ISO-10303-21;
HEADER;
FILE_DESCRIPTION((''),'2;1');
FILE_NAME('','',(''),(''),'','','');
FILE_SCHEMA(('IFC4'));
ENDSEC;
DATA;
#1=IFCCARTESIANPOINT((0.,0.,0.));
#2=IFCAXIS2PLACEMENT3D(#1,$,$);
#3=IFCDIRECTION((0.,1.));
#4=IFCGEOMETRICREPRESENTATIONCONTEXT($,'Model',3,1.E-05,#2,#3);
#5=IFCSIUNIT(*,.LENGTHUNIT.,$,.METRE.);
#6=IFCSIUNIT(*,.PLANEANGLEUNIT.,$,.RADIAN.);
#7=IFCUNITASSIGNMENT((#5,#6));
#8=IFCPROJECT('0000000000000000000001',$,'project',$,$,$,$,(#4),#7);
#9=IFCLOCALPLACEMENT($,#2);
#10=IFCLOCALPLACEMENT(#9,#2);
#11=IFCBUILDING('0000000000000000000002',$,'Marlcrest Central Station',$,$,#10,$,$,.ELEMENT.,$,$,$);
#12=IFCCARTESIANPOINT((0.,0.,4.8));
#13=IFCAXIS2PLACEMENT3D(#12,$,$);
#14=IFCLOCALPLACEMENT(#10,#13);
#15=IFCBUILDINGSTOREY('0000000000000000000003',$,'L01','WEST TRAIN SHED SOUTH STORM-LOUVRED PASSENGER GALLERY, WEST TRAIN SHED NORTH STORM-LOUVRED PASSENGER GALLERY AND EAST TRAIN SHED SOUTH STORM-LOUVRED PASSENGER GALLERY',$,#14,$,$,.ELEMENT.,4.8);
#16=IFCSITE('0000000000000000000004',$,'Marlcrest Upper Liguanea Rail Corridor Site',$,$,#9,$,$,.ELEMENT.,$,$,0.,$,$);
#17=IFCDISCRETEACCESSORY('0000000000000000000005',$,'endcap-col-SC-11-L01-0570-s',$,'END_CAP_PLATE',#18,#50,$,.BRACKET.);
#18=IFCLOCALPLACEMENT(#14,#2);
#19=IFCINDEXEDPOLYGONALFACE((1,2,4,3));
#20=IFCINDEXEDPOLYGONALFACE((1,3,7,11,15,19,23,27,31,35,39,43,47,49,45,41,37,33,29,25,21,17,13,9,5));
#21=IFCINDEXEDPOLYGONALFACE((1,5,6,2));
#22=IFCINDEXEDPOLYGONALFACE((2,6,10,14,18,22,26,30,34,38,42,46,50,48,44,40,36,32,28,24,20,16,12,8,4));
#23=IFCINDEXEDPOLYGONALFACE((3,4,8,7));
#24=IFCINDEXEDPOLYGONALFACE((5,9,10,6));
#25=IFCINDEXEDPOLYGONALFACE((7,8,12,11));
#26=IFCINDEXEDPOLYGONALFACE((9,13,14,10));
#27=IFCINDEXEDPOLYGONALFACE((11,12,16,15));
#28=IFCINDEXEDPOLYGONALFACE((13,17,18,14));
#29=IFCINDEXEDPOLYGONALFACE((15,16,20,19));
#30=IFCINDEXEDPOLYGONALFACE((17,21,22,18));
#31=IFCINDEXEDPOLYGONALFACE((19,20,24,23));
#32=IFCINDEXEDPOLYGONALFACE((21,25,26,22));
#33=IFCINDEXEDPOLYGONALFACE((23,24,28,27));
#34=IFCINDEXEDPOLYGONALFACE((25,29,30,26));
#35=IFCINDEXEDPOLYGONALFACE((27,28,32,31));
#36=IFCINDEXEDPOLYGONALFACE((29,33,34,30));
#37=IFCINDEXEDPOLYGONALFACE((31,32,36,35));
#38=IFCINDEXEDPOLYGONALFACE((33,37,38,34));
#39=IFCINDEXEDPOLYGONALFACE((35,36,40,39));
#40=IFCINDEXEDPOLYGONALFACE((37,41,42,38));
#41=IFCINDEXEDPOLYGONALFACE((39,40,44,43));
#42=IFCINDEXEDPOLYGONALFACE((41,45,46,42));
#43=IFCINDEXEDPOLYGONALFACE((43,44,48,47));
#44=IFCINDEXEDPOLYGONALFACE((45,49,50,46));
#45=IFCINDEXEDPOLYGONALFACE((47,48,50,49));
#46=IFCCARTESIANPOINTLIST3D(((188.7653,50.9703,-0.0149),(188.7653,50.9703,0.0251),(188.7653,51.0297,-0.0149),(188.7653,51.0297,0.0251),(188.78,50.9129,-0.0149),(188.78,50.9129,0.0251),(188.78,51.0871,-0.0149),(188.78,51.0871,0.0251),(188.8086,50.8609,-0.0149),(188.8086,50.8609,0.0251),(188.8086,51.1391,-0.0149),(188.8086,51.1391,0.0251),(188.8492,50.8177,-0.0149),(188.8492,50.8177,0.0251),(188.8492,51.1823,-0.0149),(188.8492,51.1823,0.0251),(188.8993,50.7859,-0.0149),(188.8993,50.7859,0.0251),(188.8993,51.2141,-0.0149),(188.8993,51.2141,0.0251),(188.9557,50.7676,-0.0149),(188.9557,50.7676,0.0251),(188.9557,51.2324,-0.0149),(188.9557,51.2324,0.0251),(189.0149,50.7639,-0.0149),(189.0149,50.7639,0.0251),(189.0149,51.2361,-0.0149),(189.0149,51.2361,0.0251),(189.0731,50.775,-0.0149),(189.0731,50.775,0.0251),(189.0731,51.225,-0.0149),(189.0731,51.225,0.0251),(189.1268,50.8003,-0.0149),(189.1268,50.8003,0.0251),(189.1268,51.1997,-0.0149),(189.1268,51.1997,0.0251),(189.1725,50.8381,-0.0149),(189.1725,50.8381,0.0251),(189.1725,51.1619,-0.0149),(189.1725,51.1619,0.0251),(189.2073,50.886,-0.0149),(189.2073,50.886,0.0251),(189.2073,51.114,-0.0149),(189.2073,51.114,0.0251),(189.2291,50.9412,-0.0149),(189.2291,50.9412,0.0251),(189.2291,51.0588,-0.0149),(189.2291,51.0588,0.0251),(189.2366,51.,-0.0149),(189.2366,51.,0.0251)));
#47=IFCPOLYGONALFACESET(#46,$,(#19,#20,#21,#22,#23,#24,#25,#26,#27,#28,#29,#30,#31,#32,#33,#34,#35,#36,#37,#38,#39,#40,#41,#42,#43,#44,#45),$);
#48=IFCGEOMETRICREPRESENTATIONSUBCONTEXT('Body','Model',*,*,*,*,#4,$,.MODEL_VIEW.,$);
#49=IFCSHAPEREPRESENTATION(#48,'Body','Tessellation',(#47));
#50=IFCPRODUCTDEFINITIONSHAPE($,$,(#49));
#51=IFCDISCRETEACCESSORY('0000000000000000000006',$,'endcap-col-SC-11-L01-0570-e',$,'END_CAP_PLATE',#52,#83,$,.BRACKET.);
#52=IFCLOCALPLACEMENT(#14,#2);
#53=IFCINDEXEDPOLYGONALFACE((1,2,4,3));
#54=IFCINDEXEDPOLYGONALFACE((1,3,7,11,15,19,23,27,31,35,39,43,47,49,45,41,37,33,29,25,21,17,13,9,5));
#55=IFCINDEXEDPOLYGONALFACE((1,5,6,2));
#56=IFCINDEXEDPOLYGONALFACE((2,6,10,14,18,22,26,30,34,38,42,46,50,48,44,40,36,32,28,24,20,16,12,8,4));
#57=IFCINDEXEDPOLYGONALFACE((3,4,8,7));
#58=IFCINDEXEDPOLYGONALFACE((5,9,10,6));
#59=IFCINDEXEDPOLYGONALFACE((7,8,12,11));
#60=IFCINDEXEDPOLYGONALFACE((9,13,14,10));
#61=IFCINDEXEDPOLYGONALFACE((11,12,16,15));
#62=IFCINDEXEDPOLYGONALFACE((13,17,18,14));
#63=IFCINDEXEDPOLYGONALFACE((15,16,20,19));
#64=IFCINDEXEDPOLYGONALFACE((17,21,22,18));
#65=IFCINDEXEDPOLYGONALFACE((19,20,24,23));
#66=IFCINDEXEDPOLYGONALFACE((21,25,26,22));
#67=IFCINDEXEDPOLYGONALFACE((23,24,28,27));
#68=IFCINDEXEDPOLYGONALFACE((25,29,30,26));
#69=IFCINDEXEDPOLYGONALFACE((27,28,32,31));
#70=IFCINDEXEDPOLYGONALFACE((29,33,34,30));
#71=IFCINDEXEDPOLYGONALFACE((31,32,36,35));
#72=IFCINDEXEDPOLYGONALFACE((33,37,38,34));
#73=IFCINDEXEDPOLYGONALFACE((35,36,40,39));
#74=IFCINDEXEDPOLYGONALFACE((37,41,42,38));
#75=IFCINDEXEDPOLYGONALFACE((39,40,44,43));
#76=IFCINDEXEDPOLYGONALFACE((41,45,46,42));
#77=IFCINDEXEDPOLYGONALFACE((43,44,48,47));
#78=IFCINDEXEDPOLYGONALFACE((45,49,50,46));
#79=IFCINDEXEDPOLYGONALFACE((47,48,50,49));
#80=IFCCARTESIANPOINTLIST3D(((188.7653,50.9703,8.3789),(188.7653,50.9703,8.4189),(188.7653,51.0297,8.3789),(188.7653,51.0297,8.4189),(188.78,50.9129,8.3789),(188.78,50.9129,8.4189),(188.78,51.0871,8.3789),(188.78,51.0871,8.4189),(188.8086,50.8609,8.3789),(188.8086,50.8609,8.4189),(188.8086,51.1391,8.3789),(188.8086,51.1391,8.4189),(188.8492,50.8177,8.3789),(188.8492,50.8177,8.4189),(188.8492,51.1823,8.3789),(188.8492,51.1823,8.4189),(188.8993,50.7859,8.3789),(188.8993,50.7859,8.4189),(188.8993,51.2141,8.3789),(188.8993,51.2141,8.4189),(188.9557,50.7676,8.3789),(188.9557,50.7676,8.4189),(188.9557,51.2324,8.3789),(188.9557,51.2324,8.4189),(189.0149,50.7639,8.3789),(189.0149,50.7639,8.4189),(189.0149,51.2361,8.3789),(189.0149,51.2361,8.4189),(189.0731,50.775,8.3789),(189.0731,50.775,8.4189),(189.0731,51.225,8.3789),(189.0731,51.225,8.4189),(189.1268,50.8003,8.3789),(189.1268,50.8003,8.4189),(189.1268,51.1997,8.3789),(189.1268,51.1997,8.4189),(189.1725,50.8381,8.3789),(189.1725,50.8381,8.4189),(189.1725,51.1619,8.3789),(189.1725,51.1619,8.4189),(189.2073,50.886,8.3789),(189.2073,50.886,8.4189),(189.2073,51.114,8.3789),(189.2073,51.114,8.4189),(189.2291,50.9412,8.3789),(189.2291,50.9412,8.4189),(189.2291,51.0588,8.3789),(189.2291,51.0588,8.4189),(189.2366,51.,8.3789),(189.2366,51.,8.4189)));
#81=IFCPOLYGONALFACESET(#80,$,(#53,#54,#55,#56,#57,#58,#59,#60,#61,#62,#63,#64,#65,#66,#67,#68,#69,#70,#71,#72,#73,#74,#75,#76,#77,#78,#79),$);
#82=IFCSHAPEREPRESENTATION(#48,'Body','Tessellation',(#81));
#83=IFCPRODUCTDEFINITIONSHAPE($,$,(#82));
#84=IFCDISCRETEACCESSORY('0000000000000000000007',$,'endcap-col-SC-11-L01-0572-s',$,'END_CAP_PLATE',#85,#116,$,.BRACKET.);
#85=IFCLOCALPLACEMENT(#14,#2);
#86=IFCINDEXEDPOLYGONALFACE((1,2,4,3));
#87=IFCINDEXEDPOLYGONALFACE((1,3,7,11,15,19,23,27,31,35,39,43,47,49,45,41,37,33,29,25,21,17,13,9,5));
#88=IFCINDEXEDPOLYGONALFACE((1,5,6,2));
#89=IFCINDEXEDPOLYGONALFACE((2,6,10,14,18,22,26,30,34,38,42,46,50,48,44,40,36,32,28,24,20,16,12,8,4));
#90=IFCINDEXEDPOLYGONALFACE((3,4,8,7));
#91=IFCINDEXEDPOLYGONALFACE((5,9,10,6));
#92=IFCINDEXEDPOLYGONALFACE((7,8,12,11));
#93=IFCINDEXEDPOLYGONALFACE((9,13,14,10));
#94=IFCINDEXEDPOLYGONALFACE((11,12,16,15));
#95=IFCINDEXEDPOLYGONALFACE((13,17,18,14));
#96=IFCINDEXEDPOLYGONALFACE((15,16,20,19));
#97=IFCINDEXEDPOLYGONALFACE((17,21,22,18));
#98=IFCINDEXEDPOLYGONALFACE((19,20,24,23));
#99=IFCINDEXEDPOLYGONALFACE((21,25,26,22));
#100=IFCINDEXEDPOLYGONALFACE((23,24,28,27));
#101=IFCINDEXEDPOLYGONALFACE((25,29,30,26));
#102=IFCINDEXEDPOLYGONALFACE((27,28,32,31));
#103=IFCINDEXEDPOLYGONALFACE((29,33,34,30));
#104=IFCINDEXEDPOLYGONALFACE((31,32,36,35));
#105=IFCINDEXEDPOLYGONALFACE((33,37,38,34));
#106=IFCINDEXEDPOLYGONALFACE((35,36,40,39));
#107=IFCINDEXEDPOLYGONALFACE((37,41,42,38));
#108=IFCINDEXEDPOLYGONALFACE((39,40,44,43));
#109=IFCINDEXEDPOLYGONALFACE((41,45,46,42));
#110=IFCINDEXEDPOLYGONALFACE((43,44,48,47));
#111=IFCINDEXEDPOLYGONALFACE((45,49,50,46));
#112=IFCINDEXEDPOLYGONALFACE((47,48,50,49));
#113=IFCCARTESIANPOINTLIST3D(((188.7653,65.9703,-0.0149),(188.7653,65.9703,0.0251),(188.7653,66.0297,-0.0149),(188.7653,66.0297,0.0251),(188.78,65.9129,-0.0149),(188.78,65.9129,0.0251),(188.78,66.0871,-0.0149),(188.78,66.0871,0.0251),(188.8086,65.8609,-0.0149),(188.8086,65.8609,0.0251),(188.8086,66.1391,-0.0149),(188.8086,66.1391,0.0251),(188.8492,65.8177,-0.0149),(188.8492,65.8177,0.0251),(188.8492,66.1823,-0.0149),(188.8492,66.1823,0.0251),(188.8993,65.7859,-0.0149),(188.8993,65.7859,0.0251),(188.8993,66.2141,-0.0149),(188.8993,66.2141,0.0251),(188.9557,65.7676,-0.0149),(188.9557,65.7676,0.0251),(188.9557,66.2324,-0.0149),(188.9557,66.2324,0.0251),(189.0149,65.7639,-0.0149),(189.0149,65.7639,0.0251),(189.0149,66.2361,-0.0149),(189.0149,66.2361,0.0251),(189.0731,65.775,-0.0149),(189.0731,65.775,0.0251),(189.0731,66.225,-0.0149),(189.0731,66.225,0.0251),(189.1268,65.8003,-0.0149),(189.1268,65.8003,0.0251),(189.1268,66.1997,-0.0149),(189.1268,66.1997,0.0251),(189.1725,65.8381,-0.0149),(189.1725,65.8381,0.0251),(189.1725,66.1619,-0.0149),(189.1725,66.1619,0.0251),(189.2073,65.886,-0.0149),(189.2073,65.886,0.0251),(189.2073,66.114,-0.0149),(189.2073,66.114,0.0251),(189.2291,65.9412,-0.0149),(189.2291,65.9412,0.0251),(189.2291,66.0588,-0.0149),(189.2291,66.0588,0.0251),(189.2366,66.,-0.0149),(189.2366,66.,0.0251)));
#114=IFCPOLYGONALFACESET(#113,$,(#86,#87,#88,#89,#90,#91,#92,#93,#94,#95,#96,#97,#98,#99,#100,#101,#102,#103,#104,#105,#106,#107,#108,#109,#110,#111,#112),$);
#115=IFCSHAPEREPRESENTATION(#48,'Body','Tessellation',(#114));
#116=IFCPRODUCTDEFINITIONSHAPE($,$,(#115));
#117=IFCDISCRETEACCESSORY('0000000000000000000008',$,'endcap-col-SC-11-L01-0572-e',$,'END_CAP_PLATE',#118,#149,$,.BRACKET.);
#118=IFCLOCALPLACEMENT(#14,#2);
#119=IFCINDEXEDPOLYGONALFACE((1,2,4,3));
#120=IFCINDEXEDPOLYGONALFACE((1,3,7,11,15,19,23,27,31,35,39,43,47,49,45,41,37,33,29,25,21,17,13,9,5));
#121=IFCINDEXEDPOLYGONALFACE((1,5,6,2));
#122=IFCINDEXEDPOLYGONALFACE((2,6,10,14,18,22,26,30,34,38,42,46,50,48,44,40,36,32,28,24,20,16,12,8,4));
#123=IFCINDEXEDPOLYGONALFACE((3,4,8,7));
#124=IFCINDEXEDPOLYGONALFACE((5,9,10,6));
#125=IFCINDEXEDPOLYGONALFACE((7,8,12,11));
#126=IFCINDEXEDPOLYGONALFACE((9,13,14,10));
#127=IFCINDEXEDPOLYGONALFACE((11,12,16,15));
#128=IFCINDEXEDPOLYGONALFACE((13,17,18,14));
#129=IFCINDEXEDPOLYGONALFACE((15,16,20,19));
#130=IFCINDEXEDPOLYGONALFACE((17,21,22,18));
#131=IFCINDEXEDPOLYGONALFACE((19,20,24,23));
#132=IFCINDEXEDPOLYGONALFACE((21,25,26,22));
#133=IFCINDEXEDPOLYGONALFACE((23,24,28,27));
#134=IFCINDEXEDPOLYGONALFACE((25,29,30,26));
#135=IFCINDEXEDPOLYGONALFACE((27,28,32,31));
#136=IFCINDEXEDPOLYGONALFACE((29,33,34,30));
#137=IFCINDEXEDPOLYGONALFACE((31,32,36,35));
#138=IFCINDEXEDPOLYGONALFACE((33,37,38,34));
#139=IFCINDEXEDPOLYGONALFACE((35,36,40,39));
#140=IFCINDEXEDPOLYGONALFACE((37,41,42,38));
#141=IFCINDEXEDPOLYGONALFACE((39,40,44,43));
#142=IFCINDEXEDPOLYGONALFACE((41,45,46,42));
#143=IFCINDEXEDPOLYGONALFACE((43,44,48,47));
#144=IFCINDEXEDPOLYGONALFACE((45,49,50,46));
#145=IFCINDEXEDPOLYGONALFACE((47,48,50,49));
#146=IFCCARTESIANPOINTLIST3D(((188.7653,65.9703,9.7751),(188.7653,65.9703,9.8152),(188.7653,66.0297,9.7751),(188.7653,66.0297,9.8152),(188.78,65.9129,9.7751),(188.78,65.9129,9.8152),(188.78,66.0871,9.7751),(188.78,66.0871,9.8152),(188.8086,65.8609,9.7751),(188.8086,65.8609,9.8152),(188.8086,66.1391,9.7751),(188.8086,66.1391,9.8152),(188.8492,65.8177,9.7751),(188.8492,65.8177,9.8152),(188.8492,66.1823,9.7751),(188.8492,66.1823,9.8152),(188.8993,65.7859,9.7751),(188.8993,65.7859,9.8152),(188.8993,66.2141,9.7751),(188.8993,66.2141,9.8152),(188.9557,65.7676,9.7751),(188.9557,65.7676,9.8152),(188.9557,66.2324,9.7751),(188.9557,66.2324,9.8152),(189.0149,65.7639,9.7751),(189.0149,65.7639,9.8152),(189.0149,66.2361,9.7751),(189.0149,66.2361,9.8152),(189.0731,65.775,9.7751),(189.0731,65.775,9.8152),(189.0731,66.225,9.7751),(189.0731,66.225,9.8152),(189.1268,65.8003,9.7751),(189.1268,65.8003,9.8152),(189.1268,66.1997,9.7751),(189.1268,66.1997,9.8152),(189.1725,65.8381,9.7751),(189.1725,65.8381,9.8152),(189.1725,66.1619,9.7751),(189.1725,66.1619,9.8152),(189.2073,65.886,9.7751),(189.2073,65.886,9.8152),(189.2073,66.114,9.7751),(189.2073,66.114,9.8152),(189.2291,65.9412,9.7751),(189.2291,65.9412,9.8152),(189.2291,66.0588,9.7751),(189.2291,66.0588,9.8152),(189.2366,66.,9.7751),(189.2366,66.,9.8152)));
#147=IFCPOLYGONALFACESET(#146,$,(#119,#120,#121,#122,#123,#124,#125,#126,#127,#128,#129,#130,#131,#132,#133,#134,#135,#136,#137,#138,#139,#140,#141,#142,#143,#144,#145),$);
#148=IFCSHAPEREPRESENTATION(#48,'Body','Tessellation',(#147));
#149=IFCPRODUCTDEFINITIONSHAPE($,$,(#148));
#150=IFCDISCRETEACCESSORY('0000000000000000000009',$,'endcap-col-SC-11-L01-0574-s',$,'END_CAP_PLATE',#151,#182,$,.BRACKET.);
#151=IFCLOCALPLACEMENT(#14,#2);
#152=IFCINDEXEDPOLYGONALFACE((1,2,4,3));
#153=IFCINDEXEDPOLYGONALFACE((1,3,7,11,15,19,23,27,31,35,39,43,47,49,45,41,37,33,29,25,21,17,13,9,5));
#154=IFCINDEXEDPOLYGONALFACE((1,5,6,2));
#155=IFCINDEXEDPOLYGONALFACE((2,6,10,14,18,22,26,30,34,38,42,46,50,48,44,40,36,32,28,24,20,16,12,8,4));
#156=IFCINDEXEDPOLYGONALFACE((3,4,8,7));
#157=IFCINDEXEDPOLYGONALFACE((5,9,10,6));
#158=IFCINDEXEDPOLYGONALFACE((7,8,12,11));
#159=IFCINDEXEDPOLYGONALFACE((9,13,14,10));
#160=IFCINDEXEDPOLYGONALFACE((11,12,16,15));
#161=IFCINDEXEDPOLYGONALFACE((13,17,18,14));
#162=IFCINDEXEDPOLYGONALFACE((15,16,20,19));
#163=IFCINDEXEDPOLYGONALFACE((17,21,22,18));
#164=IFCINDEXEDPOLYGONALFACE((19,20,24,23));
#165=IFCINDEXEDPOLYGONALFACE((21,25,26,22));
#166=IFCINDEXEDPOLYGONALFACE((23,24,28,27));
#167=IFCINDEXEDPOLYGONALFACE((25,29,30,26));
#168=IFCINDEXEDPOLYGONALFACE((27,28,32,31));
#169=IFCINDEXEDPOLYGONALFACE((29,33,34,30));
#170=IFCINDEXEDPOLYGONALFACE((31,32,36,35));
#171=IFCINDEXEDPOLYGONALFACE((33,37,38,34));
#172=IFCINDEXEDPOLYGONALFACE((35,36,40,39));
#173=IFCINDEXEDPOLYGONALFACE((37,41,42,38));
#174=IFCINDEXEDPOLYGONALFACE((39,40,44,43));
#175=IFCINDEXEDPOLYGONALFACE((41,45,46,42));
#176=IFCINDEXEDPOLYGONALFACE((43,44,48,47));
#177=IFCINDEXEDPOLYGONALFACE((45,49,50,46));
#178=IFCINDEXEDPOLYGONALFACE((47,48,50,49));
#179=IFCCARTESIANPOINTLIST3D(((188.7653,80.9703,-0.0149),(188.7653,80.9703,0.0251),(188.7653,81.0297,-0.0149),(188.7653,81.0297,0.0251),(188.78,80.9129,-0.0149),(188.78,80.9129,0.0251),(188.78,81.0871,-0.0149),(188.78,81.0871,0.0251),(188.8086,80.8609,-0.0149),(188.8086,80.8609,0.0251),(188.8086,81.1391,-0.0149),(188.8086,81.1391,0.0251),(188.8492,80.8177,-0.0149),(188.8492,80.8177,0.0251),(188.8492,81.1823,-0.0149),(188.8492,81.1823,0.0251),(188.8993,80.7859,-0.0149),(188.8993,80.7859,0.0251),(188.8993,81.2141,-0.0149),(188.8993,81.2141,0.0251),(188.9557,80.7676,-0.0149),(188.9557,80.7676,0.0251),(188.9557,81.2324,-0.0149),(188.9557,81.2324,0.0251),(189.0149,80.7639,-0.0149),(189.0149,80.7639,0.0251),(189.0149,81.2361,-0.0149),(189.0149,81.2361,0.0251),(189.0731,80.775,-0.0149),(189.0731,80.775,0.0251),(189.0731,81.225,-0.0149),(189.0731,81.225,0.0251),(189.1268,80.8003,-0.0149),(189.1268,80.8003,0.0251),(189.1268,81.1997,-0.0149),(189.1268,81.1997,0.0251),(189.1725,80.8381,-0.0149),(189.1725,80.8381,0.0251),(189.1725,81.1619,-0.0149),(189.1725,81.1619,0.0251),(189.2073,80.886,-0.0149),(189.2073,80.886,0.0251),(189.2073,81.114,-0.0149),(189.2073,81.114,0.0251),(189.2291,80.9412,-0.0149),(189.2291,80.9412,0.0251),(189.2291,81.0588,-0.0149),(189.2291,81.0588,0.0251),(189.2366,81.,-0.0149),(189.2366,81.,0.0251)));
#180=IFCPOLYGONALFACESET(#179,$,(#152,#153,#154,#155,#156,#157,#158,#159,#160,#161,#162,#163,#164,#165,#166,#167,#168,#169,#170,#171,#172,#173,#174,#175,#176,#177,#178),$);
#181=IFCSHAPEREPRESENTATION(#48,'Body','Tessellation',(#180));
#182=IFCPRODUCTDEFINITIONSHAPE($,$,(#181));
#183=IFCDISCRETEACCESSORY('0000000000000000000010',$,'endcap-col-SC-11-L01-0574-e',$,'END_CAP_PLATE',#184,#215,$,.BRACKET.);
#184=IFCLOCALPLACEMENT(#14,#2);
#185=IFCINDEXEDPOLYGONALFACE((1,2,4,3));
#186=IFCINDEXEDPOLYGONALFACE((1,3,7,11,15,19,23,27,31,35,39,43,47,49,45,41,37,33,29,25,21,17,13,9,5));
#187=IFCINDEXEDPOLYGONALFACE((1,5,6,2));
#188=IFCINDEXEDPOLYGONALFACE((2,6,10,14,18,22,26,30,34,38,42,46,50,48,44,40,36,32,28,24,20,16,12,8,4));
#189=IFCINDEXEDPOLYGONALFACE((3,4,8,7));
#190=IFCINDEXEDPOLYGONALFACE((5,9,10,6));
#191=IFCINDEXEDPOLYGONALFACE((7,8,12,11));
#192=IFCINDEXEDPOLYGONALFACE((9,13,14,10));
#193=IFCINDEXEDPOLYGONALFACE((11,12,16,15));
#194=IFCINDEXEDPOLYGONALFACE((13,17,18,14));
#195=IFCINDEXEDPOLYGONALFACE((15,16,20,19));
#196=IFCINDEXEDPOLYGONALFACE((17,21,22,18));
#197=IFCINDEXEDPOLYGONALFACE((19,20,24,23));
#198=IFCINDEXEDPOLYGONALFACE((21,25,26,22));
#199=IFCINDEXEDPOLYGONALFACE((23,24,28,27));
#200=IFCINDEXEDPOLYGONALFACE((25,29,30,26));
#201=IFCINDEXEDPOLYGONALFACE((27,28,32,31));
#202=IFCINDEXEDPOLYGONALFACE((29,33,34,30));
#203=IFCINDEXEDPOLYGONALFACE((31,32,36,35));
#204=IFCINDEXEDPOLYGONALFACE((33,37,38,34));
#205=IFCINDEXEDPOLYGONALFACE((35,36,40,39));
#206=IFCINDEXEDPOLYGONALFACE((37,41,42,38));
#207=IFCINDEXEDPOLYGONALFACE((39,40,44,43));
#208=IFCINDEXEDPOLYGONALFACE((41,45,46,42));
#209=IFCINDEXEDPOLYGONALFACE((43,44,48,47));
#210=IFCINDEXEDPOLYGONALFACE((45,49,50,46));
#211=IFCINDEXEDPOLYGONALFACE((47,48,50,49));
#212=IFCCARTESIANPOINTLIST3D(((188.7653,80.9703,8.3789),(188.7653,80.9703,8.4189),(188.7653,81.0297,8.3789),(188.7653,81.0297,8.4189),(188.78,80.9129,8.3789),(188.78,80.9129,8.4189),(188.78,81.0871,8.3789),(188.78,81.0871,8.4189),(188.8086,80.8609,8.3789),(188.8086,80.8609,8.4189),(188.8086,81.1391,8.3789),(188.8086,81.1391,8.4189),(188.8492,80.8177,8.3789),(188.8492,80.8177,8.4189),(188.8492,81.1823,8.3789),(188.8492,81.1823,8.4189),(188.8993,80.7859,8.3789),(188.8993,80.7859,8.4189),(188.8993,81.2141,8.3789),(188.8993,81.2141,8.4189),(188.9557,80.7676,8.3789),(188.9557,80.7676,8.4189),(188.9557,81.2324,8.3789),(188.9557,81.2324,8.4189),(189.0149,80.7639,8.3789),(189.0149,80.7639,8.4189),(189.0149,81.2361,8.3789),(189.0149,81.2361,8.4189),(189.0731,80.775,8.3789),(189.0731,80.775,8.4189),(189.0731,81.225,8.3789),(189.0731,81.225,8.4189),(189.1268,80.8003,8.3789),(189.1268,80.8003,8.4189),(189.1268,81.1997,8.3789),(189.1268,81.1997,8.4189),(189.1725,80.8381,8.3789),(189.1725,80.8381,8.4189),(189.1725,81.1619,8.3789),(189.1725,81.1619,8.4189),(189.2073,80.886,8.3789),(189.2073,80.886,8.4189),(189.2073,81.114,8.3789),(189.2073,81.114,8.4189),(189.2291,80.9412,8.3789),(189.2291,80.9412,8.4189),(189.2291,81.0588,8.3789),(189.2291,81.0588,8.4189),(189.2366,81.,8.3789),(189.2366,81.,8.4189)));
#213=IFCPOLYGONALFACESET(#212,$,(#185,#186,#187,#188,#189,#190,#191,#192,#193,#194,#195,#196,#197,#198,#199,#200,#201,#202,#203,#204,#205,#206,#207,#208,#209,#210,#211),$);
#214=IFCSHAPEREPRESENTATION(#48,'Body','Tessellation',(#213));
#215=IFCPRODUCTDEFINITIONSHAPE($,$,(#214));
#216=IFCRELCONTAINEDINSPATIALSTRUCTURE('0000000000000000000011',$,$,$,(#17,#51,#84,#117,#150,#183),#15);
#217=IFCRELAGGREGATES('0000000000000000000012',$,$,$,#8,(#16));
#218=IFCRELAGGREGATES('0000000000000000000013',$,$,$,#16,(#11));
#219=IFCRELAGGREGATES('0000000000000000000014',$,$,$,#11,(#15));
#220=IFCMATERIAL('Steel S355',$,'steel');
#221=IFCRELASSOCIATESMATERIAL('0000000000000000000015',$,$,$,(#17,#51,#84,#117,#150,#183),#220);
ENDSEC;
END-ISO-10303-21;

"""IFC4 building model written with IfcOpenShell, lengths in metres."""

from ifc_helpers import new_model, si_unit, direction, frame, origin, origin_2d, place, context, subcontext, project, spatial, circle, extrude, material, element, save


model = new_model("IFC4")

# Units and contexts
model_context = context("Model", 3, precision=1e-05, world=origin(), true_north=direction((0.0, 1.0)))
body_context = subcontext(model_context, "Body", "Model", "MODEL_VIEW")
ifc_project = project(units=[si_unit("LENGTHUNIT", "METRE"), si_unit("PLANEANGLEUNIT", "RADIAN")], contexts=[model_context])

# Site, building, storey
site_placement = place(None, origin())
site = spatial("IfcSite", under=ifc_project, at=site_placement, Name="Marlcrest Upper Liguanea Rail Corridor Site", CompositionType="ELEMENT", RefElevation=0.0)
building_placement = place(site_placement, origin())
building = spatial("IfcBuilding", under=site, at=building_placement, Name="Marlcrest Central Station", CompositionType="ELEMENT")
storey_placement = place(building_placement, frame((0.0, 0.0, 4.8)))
storey = spatial("IfcBuildingStorey", under=building, at=storey_placement, Name="L01", Description="WEST TRAIN SHED SOUTH STORM-LOUVRED PASSENGER GALLERY, WEST TRAIN SHED NORTH STORM-LOUVRED PASSENGER GALLERY AND EAST TRAIN SHED SOUTH STORM-LOUVRED PASSENGER GALLERY", CompositionType="ELEMENT", Elevation=4.8)

# Shared definitions
ifc_material = material(Name="Steel S355", Category="steel")

# Discrete accessories
for number, where, z_axis, x_axis, name in (
    (1, (189.0, 51.0, -0.0149), (0.0, 0.0, 1.0), (1.0, 0.0, 0.0), "endcap-col-SC-11-L01-0570-s"),
    (2, (189.0, 51.0, 8.3789), (0.0, 0.0, 1.0), (1.0, 0.0, 0.0), "endcap-col-SC-11-L01-0570-e"),
    (3, (189.0, 66.0, -0.0149), (0.0, 0.0, 1.0), (1.0, 0.0, 0.0), "endcap-col-SC-11-L01-0572-s"),
    (4, (189.0, 66.0, 9.7751), (0.0, 0.0, 1.0), (1.0, 0.0, 0.0), "endcap-col-SC-11-L01-0572-e"),
    (5, (189.0, 81.0, -0.0149), (0.0, 0.0, 1.0), (1.0, 0.0, 0.0), "endcap-col-SC-11-L01-0574-s"),
    (6, (189.0, 81.0, 8.3789), (0.0, 0.0, 1.0), (1.0, 0.0, 0.0), "endcap-col-SC-11-L01-0574-e"),
):
    element("IfcDiscreteAccessory", number, at=place(storey_placement, frame(where, z_axis=z_axis, x_axis=x_axis)), inside=storey, material=ifc_material, Name=name, ObjectType="END_CAP_PLATE", PredefinedType="BRACKET", context=body_context, shape_type="SweptSolid", body=[
        extrude(circle(Radius=0.2366, at=origin_2d()), origin(), (0.0, 0.0, 1.0), 0.04),
    ])

save(model, "model.ifc")
